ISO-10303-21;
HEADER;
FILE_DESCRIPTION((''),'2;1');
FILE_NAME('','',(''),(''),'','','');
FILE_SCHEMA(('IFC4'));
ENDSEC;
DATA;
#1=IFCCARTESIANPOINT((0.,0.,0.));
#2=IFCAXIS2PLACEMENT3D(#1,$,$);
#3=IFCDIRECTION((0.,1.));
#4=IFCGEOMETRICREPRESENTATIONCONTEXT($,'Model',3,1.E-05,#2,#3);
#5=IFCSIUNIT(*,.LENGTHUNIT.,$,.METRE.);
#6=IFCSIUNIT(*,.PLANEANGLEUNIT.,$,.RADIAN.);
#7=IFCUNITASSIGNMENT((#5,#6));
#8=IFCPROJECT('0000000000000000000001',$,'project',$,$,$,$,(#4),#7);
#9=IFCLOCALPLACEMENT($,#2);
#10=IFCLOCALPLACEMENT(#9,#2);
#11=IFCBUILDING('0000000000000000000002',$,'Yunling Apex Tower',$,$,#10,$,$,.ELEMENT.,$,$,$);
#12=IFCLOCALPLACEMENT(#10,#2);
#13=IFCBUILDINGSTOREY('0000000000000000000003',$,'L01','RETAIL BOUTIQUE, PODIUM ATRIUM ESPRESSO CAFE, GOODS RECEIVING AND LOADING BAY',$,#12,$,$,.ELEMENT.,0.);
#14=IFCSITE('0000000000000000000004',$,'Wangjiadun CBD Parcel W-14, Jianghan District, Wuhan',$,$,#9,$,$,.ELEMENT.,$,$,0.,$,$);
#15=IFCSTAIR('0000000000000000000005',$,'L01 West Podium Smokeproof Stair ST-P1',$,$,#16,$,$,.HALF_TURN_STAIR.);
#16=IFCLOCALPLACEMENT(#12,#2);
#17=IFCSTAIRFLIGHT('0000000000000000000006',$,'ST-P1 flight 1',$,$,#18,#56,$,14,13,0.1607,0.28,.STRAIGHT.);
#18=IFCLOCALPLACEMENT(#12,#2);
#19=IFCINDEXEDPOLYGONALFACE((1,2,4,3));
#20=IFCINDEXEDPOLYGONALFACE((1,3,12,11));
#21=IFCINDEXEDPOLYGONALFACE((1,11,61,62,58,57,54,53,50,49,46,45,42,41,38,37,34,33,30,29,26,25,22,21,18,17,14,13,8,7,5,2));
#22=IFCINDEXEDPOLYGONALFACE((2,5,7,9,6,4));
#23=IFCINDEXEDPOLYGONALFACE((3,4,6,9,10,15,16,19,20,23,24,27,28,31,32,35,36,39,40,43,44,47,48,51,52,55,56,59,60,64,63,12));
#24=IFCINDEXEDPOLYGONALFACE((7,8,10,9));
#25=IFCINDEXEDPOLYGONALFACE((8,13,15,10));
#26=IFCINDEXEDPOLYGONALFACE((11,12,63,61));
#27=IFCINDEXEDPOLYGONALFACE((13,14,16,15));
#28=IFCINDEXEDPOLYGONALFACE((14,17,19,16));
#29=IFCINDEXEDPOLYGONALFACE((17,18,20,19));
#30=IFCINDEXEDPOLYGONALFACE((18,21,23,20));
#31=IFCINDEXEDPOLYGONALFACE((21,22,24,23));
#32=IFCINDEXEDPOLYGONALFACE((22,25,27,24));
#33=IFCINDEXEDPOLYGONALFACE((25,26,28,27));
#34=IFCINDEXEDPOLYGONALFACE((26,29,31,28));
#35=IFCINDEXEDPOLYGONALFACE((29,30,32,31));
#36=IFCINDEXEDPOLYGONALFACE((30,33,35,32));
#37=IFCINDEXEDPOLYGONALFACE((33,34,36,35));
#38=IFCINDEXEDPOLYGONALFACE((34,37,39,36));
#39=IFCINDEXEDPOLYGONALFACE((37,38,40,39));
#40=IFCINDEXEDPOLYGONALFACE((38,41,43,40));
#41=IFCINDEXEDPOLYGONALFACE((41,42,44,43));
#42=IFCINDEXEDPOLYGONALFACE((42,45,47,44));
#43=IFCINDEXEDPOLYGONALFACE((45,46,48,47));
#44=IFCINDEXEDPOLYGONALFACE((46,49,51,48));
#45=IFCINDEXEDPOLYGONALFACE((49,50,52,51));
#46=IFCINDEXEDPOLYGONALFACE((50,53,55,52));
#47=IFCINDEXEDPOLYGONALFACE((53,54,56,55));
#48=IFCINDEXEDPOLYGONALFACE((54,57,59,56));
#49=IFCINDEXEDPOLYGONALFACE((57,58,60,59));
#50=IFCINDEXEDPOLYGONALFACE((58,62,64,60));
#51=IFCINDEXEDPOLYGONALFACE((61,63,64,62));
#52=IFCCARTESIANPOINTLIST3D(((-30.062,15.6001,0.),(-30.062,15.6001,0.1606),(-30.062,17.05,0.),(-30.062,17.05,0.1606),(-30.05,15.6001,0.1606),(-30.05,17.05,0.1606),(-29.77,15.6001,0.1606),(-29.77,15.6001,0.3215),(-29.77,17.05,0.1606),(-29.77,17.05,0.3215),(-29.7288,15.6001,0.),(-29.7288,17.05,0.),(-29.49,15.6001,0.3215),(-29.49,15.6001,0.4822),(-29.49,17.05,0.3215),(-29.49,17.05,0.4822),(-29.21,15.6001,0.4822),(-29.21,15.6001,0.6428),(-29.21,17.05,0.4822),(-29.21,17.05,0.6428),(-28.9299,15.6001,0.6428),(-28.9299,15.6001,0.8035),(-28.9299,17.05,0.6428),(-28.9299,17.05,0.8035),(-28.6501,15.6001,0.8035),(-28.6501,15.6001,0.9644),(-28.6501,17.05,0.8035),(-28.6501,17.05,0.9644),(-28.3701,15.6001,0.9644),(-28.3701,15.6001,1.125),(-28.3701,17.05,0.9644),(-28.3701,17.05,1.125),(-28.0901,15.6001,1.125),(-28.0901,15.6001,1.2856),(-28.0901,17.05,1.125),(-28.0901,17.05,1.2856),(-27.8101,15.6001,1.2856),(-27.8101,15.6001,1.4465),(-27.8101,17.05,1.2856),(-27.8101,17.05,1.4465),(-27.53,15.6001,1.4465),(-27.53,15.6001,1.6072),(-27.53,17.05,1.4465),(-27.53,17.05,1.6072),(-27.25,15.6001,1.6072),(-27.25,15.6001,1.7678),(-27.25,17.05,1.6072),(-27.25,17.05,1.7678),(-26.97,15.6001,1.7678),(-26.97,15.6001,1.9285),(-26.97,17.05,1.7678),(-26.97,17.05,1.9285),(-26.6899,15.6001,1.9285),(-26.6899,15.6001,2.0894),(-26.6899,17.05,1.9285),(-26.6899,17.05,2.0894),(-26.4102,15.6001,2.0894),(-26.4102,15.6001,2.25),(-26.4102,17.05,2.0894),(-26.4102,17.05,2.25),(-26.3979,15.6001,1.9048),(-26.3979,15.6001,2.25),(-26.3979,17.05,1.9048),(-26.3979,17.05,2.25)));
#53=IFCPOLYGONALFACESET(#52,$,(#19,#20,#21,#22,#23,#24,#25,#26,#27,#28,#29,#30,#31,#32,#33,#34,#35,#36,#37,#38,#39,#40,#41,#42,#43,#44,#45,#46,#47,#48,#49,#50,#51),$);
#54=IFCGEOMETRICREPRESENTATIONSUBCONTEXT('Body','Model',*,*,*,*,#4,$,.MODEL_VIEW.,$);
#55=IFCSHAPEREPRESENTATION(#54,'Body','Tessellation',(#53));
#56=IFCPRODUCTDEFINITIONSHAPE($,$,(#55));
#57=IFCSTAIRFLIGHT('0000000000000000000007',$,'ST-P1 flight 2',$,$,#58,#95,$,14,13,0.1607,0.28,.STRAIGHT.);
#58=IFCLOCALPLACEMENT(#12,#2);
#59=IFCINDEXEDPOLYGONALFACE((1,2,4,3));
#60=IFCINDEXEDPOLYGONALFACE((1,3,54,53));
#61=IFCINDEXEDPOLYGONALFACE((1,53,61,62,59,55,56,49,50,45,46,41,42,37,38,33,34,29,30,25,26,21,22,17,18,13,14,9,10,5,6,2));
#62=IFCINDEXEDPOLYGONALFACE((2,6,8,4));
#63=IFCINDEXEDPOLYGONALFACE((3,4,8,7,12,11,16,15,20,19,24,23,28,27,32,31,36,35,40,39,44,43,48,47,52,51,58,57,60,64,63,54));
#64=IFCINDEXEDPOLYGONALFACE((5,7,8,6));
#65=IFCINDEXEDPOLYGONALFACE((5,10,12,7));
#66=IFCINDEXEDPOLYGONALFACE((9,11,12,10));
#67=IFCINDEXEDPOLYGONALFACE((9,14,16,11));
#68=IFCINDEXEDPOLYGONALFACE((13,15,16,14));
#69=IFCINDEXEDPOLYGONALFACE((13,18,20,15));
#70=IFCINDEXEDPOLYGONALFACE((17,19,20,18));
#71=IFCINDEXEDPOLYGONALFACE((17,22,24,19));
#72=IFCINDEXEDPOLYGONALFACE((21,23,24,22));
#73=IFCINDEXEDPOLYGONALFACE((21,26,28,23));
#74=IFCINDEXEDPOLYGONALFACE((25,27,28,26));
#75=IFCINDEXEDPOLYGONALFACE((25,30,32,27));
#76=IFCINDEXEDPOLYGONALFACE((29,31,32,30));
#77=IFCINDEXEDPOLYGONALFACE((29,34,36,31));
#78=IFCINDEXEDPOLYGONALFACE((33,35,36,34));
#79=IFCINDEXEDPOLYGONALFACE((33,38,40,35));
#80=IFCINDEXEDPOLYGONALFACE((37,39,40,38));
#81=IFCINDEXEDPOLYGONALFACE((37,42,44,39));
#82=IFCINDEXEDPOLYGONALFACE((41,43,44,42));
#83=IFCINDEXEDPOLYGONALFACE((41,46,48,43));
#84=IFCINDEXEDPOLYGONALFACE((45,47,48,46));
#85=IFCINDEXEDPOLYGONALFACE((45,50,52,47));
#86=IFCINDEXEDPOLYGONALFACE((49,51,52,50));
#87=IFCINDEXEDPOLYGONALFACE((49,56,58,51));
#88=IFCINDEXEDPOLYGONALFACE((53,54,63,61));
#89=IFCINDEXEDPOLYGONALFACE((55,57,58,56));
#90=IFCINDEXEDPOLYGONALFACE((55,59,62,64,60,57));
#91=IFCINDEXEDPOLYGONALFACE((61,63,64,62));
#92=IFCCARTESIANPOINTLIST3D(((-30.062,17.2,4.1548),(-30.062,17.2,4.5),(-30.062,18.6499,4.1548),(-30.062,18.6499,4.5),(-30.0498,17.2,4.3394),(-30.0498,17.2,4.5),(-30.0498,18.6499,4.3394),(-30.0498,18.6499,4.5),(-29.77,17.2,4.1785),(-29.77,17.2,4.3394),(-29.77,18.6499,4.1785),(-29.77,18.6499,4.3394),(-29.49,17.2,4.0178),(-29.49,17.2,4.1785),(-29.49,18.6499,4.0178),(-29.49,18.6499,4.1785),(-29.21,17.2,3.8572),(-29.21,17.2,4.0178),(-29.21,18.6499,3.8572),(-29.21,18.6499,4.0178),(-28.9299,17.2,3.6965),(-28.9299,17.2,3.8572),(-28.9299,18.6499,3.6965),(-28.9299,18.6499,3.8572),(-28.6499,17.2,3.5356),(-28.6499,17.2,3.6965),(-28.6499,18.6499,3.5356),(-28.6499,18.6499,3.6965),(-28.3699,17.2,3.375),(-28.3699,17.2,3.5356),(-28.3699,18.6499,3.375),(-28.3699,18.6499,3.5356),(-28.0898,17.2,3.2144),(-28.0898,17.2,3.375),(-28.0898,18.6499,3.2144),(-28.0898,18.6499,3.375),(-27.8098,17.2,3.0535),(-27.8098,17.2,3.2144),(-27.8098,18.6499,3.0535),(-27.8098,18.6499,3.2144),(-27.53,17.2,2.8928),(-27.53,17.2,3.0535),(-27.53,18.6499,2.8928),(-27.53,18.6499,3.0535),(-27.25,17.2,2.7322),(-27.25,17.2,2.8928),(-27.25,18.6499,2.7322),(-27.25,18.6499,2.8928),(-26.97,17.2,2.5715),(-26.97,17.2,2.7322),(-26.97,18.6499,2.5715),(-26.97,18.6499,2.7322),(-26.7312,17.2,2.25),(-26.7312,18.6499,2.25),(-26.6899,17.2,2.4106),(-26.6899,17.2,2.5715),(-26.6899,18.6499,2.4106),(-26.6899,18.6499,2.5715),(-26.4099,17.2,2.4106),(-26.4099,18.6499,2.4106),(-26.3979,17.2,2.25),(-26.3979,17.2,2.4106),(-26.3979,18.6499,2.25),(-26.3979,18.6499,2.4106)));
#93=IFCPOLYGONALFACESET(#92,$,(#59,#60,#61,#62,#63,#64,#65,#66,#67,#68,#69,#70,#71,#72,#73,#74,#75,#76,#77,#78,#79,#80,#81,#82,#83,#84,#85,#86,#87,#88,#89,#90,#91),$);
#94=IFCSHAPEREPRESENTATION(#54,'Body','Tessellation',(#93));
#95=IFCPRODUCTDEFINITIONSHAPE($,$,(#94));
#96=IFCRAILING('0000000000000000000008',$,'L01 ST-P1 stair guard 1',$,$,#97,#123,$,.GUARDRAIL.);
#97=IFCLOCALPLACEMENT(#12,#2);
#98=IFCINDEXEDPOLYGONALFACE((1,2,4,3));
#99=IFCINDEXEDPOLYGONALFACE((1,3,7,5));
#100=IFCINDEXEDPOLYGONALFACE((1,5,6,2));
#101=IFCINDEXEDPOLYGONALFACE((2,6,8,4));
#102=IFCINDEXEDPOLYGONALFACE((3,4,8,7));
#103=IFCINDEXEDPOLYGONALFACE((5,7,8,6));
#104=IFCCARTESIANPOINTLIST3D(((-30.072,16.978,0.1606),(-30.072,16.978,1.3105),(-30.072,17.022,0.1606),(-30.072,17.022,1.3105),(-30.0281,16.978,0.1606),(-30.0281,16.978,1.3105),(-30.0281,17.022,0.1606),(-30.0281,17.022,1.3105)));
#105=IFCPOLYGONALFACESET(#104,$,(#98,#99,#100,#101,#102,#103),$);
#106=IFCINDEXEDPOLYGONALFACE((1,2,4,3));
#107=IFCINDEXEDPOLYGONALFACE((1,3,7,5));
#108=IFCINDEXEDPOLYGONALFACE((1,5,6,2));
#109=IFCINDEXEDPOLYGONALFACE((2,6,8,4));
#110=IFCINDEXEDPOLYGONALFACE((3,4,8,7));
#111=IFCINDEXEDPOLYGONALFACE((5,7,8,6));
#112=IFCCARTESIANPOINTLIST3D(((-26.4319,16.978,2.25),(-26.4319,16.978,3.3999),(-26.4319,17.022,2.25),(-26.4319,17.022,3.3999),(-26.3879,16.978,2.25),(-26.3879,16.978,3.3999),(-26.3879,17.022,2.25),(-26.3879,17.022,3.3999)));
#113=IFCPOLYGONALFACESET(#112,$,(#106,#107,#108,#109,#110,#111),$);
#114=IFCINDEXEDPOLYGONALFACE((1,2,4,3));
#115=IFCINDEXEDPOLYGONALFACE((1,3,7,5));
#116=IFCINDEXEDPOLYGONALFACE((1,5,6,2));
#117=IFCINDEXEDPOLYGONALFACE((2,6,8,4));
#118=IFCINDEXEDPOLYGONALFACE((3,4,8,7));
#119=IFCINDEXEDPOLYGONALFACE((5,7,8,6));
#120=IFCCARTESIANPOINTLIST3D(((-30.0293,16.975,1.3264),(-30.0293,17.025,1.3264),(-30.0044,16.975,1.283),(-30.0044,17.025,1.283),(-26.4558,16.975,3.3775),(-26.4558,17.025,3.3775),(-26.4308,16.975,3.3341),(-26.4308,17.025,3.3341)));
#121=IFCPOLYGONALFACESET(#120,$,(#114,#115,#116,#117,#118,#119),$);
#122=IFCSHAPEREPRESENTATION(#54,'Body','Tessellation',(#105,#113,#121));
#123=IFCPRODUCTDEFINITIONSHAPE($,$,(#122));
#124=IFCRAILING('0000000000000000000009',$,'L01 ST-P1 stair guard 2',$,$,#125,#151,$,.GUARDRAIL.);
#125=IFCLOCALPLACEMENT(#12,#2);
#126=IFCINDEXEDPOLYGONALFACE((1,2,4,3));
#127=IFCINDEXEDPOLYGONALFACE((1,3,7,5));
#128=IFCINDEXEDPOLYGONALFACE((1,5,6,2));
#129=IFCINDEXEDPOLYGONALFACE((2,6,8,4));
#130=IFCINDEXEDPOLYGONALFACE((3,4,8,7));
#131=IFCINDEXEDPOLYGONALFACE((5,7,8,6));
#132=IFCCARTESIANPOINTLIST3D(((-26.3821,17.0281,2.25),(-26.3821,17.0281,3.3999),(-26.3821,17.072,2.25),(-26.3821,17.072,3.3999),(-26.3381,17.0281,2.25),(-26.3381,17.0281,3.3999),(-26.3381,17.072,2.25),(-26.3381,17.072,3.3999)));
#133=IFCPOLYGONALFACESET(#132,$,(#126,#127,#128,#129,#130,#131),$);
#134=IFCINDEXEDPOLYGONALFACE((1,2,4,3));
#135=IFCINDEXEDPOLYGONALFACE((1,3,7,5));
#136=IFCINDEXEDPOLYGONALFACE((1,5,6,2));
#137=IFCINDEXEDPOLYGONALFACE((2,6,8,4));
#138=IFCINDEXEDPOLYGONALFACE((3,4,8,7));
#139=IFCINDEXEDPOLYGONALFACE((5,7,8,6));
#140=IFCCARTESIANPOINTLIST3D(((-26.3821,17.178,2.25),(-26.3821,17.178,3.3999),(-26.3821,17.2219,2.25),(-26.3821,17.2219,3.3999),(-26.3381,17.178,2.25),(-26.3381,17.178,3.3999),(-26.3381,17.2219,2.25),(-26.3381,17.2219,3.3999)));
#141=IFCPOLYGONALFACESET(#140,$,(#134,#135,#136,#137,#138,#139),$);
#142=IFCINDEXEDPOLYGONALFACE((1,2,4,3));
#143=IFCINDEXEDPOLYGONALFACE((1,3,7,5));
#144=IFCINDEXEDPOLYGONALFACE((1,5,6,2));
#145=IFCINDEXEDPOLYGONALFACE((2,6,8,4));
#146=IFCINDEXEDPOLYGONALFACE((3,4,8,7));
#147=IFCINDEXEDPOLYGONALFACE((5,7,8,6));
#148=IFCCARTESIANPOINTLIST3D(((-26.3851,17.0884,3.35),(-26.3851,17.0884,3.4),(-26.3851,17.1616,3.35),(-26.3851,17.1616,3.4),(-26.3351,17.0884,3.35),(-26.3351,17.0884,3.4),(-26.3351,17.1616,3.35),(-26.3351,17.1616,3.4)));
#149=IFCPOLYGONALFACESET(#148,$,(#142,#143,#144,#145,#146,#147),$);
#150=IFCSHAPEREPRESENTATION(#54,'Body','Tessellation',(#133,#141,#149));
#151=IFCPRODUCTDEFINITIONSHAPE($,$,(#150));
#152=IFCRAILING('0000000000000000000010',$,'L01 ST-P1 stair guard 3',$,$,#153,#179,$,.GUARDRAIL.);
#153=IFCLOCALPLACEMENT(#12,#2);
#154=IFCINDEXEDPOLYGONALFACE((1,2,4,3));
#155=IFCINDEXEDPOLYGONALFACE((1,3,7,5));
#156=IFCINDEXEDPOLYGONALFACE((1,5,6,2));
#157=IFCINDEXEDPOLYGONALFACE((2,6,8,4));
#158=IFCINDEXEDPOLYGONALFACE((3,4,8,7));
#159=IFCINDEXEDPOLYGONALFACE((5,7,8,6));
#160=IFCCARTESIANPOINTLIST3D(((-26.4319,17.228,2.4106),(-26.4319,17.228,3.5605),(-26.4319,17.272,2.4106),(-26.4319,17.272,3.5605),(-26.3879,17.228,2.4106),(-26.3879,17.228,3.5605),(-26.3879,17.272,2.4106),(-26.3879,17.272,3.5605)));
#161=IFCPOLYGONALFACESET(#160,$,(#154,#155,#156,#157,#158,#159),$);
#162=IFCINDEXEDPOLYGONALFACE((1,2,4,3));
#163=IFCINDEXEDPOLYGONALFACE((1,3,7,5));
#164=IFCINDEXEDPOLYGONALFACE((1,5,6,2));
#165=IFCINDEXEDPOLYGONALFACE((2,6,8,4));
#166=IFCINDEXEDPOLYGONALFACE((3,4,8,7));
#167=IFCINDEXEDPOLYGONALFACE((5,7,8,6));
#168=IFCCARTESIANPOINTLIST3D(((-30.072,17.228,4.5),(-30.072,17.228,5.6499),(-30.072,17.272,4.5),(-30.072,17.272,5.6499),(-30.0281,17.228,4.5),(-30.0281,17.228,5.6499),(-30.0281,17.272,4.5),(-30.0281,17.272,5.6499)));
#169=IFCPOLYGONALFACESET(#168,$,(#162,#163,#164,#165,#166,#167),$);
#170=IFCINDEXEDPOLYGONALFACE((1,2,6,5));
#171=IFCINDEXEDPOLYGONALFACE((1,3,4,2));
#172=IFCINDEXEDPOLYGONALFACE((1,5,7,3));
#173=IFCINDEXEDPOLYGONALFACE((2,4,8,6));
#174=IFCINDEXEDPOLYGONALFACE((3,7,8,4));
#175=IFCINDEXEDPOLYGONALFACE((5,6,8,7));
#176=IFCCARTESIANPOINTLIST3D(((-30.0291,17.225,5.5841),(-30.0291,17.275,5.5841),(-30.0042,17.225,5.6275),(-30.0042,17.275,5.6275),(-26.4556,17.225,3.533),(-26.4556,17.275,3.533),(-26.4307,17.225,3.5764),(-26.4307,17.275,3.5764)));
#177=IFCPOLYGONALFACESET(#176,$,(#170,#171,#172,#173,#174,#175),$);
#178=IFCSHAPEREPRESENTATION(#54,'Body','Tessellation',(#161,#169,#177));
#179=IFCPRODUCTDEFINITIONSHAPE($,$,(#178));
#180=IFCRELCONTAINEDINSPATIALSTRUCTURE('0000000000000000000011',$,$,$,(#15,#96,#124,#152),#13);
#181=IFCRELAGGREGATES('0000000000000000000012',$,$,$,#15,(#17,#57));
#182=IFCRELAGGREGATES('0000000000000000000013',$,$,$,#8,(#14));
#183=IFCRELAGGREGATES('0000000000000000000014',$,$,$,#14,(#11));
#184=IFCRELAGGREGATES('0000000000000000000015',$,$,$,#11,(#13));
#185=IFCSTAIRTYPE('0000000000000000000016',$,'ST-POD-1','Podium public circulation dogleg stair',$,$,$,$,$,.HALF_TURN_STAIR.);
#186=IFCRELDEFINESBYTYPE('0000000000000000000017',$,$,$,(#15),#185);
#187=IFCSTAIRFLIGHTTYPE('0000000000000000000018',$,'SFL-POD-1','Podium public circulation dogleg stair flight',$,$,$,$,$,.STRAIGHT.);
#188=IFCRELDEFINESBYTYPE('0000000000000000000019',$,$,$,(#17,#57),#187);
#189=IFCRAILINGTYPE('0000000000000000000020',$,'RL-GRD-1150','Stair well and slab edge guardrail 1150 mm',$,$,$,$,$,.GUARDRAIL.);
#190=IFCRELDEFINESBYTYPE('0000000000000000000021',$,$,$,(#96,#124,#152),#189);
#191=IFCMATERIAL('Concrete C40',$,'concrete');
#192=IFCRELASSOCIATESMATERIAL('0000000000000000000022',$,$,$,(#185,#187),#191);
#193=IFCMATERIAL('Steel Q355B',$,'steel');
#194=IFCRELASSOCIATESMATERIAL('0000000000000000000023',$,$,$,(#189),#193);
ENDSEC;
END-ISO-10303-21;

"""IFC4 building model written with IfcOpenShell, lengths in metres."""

from ifc_helpers import new_model, si_unit, direction, frame, origin, origin_2d, place, context, subcontext, project, spatial, polyline, rectangle, outline, extrude, material, type_object, element, aggregate, save


model = new_model("IFC4")

# Units and contexts
model_context = context("Model", 3, precision=1e-05, world=origin(), true_north=direction((0.0, 1.0)))
body_context = subcontext(model_context, "Body", "Model", "MODEL_VIEW")
ifc_project = project(units=[si_unit("LENGTHUNIT", "METRE"), si_unit("PLANEANGLEUNIT", "RADIAN")], contexts=[model_context])

# Site, building, storey
site_placement = place(None, origin())
site = spatial("IfcSite", under=ifc_project, at=site_placement, Name="Wangjiadun CBD Parcel W-14, Jianghan District, Wuhan", CompositionType="ELEMENT", RefElevation=0.0)
building_placement = place(site_placement, origin())
building = spatial("IfcBuilding", under=site, at=building_placement, Name="Yunling Apex Tower", CompositionType="ELEMENT")
storey_placement = place(building_placement, origin())
storey = spatial("IfcBuildingStorey", under=building, at=storey_placement, Name="L01", Description="RETAIL BOUTIQUE, PODIUM ATRIUM ESPRESSO CAFE, GOODS RECEIVING AND LOADING BAY", CompositionType="ELEMENT", Elevation=0.0)

# Shared definitions
ifc_material_1 = material(Name="Steel Q355B", Category="steel")

# Shared definitions
ifc_material_2 = material(Name="Concrete C40", Category="concrete")

# Stair, stair flights
stair_type = type_object("IfcStairType", Name="ST-POD-1", Description="Podium public circulation dogleg stair", PredefinedType="HALF_TURN_STAIR", material=ifc_material_2)
stair_placement = place(storey_placement, origin())
stair = element("IfcStair", 1, at=stair_placement, inside=storey, type_object=stair_type, Name="L01 West Podium Smokeproof Stair ST-P1", PredefinedType="HALF_TURN_STAIR")
stair_flight_type = type_object("IfcStairFlightType", Name="SFL-POD-1", Description="Podium public circulation dogleg stair flight", PredefinedType="STRAIGHT", material=ifc_material_2)
stair_flight_1_placement = place(storey_placement, frame((-30.05, 16.325, 0.0), z_axis=(0.0, 0.0, 1.0), x_axis=(1.0, 0.0, 0.0)))
stair_flight_1 = element("IfcStairFlight", 2, at=stair_flight_1_placement, type_object=stair_flight_type, Name="ST-P1 flight 1", NumberOfRisers=14, NumberOfTreads=13, PredefinedType="STRAIGHT", RiserHeight=0.1607, TreadLength=0.28, context=body_context, shape_type="SweptSolid", body=[
    extrude(outline(polyline([(-0.012, 0.0), (-0.012, 0.1606), (0.0, 0.1606), (0.28, 0.1606), (0.28, 0.3215), (0.5601, 0.3215), (0.5601, 0.4822), (0.8401, 0.4822), (0.8401, 0.6428), (1.1201, 0.6428), (1.1201, 0.8035), (1.3999, 0.8035), (1.3999, 0.9644), (1.6799, 0.9644), (1.6799, 1.125), (1.96, 1.125), (1.96, 1.2856), (2.24, 1.2856), (2.24, 1.4465), (2.52, 1.4465), (2.52, 1.6072), (2.8, 1.6072), (2.8, 1.7678), (3.0801, 1.7678), (3.0801, 1.9285), (3.3601, 1.9285), (3.3601, 2.0894), (3.6399, 2.0894), (3.6399, 2.25), (3.6521, 2.25), (3.6521, 1.9048), (0.3213, 0.0), (-0.012, 0.0)])), frame((0.0, 0.7251, 0.0), z_axis=(0.0, -1.0, 0.0), x_axis=(1.0, 0.0, 0.0)), (0.0, 0.0, 1.0), 1.45),
])
stair_flight_2_placement = place(storey_placement, frame((-26.4099, 17.925, 2.25), z_axis=(0.0, 0.0, 1.0), x_axis=(-1.0, 0.0, 0.0)))
stair_flight_2 = element("IfcStairFlight", 3, at=stair_flight_2_placement, type_object=stair_flight_type, Name="ST-P1 flight 2", NumberOfRisers=14, NumberOfTreads=13, PredefinedType="STRAIGHT", RiserHeight=0.1607, TreadLength=0.28, context=body_context, shape_type="SweptSolid", body=[
    extrude(outline(polyline([(-0.012, 0.0), (-0.012, 0.1606), (0.0, 0.1606), (0.28, 0.1606), (0.28, 0.3215), (0.5601, 0.3215), (0.5601, 0.4822), (0.8401, 0.4822), (0.8401, 0.6428), (1.1201, 0.6428), (1.1201, 0.8035), (1.3999, 0.8035), (1.3999, 0.9644), (1.6799, 0.9644), (1.6799, 1.125), (1.96, 1.125), (1.96, 1.2856), (2.24, 1.2856), (2.24, 1.4465), (2.52, 1.4465), (2.52, 1.6072), (2.8, 1.6072), (2.8, 1.7678), (3.0801, 1.7678), (3.0801, 1.9285), (3.3601, 1.9285), (3.3601, 2.0894), (3.6399, 2.0894), (3.6399, 2.25), (3.6521, 2.25), (3.6521, 1.9048), (0.3213, 0.0), (-0.012, 0.0)])), frame((0.0, 0.7251, 0.0), z_axis=(0.0, -1.0, 0.0), x_axis=(1.0, 0.0, 0.0)), (0.0, 0.0, 1.0), 1.45),
])
aggregate(stair, [stair_flight_1, stair_flight_2])

# Railings
railing_type_1 = type_object("IfcRailingType", Name="RL-GRD-1150", Description="Stair well and slab edge guardrail 1150 mm", PredefinedType="GUARDRAIL", material=ifc_material_1)
railing_1_placement = place(storey_placement, frame((-30.05, 17.0, 0.1606)))
element("IfcRailing", 4, at=railing_1_placement, inside=storey, type_object=railing_type_1, Name="L01 ST-P1 stair guard 1", PredefinedType="GUARDRAIL", context=body_context, shape_type="SweptSolid", body=[
    extrude(rectangle(XDim=0.0439, YDim=0.0439, at=origin_2d()), origin(), (0.0, 0.0, 1.0), 1.1499),
    extrude(rectangle(XDim=0.0439, YDim=0.0439, at=origin_2d()), frame((3.6401, 0.0, 2.0894)), (0.0, 0.0, 1.0), 1.1499),
    extrude(rectangle(XDim=0.05, YDim=0.05, at=origin_2d()), frame((0.0332, 0.0, 1.144), z_axis=(0.867289, 0.0, 0.497804), x_axis=(0.0, 1.0, 0.0)), (0.0, 0.0, 1.0), 4.1204),
])
railing_2_placement = place(storey_placement, frame((-26.3601, 17.05, 2.25)))
element("IfcRailing", 5, at=railing_2_placement, inside=storey, type_object=railing_type_1, Name="L01 ST-P1 stair guard 2", PredefinedType="GUARDRAIL", context=body_context, shape_type="SweptSolid", body=[
    extrude(rectangle(XDim=0.0439, YDim=0.0439, at=origin_2d()), origin(), (0.0, 0.0, 1.0), 1.1499),
    extrude(rectangle(XDim=0.0439, YDim=0.0439, at=origin_2d()), frame((0.0, 0.1499, 0.0)), (0.0, 0.0, 1.0), 1.1499),
    extrude(rectangle(XDim=0.05, YDim=0.05, at=origin_2d()), frame((0.0, 0.0383, 1.125), z_axis=(0.0, 1.0, 0.0), x_axis=(-1.0, 0.0, 0.0)), (0.0, 0.0, 1.0), 0.0732),
])
railing_3_placement = place(storey_placement, frame((-26.4099, 17.25, 2.4106)))
element("IfcRailing", 6, at=railing_3_placement, inside=storey, type_object=railing_type_1, Name="L01 ST-P1 stair guard 3", PredefinedType="GUARDRAIL", context=body_context, shape_type="SweptSolid", body=[
    extrude(rectangle(XDim=0.0439, YDim=0.0439, at=origin_2d()), origin(), (0.0, 0.0, 1.0), 1.1499),
    extrude(rectangle(XDim=0.0439, YDim=0.0439, at=origin_2d()), frame((-3.6401, 0.0, 2.0894)), (0.0, 0.0, 1.0), 1.1499),
    extrude(rectangle(XDim=0.05, YDim=0.05, at=origin_2d()), frame((-0.0332, 0.0, 1.144), z_axis=(-0.867289, 0.0, 0.497804), x_axis=(0.0, -1.0, 0.0)), (0.0, 0.0, 1.0), 4.1204),
])

save(model, "model.ifc")
